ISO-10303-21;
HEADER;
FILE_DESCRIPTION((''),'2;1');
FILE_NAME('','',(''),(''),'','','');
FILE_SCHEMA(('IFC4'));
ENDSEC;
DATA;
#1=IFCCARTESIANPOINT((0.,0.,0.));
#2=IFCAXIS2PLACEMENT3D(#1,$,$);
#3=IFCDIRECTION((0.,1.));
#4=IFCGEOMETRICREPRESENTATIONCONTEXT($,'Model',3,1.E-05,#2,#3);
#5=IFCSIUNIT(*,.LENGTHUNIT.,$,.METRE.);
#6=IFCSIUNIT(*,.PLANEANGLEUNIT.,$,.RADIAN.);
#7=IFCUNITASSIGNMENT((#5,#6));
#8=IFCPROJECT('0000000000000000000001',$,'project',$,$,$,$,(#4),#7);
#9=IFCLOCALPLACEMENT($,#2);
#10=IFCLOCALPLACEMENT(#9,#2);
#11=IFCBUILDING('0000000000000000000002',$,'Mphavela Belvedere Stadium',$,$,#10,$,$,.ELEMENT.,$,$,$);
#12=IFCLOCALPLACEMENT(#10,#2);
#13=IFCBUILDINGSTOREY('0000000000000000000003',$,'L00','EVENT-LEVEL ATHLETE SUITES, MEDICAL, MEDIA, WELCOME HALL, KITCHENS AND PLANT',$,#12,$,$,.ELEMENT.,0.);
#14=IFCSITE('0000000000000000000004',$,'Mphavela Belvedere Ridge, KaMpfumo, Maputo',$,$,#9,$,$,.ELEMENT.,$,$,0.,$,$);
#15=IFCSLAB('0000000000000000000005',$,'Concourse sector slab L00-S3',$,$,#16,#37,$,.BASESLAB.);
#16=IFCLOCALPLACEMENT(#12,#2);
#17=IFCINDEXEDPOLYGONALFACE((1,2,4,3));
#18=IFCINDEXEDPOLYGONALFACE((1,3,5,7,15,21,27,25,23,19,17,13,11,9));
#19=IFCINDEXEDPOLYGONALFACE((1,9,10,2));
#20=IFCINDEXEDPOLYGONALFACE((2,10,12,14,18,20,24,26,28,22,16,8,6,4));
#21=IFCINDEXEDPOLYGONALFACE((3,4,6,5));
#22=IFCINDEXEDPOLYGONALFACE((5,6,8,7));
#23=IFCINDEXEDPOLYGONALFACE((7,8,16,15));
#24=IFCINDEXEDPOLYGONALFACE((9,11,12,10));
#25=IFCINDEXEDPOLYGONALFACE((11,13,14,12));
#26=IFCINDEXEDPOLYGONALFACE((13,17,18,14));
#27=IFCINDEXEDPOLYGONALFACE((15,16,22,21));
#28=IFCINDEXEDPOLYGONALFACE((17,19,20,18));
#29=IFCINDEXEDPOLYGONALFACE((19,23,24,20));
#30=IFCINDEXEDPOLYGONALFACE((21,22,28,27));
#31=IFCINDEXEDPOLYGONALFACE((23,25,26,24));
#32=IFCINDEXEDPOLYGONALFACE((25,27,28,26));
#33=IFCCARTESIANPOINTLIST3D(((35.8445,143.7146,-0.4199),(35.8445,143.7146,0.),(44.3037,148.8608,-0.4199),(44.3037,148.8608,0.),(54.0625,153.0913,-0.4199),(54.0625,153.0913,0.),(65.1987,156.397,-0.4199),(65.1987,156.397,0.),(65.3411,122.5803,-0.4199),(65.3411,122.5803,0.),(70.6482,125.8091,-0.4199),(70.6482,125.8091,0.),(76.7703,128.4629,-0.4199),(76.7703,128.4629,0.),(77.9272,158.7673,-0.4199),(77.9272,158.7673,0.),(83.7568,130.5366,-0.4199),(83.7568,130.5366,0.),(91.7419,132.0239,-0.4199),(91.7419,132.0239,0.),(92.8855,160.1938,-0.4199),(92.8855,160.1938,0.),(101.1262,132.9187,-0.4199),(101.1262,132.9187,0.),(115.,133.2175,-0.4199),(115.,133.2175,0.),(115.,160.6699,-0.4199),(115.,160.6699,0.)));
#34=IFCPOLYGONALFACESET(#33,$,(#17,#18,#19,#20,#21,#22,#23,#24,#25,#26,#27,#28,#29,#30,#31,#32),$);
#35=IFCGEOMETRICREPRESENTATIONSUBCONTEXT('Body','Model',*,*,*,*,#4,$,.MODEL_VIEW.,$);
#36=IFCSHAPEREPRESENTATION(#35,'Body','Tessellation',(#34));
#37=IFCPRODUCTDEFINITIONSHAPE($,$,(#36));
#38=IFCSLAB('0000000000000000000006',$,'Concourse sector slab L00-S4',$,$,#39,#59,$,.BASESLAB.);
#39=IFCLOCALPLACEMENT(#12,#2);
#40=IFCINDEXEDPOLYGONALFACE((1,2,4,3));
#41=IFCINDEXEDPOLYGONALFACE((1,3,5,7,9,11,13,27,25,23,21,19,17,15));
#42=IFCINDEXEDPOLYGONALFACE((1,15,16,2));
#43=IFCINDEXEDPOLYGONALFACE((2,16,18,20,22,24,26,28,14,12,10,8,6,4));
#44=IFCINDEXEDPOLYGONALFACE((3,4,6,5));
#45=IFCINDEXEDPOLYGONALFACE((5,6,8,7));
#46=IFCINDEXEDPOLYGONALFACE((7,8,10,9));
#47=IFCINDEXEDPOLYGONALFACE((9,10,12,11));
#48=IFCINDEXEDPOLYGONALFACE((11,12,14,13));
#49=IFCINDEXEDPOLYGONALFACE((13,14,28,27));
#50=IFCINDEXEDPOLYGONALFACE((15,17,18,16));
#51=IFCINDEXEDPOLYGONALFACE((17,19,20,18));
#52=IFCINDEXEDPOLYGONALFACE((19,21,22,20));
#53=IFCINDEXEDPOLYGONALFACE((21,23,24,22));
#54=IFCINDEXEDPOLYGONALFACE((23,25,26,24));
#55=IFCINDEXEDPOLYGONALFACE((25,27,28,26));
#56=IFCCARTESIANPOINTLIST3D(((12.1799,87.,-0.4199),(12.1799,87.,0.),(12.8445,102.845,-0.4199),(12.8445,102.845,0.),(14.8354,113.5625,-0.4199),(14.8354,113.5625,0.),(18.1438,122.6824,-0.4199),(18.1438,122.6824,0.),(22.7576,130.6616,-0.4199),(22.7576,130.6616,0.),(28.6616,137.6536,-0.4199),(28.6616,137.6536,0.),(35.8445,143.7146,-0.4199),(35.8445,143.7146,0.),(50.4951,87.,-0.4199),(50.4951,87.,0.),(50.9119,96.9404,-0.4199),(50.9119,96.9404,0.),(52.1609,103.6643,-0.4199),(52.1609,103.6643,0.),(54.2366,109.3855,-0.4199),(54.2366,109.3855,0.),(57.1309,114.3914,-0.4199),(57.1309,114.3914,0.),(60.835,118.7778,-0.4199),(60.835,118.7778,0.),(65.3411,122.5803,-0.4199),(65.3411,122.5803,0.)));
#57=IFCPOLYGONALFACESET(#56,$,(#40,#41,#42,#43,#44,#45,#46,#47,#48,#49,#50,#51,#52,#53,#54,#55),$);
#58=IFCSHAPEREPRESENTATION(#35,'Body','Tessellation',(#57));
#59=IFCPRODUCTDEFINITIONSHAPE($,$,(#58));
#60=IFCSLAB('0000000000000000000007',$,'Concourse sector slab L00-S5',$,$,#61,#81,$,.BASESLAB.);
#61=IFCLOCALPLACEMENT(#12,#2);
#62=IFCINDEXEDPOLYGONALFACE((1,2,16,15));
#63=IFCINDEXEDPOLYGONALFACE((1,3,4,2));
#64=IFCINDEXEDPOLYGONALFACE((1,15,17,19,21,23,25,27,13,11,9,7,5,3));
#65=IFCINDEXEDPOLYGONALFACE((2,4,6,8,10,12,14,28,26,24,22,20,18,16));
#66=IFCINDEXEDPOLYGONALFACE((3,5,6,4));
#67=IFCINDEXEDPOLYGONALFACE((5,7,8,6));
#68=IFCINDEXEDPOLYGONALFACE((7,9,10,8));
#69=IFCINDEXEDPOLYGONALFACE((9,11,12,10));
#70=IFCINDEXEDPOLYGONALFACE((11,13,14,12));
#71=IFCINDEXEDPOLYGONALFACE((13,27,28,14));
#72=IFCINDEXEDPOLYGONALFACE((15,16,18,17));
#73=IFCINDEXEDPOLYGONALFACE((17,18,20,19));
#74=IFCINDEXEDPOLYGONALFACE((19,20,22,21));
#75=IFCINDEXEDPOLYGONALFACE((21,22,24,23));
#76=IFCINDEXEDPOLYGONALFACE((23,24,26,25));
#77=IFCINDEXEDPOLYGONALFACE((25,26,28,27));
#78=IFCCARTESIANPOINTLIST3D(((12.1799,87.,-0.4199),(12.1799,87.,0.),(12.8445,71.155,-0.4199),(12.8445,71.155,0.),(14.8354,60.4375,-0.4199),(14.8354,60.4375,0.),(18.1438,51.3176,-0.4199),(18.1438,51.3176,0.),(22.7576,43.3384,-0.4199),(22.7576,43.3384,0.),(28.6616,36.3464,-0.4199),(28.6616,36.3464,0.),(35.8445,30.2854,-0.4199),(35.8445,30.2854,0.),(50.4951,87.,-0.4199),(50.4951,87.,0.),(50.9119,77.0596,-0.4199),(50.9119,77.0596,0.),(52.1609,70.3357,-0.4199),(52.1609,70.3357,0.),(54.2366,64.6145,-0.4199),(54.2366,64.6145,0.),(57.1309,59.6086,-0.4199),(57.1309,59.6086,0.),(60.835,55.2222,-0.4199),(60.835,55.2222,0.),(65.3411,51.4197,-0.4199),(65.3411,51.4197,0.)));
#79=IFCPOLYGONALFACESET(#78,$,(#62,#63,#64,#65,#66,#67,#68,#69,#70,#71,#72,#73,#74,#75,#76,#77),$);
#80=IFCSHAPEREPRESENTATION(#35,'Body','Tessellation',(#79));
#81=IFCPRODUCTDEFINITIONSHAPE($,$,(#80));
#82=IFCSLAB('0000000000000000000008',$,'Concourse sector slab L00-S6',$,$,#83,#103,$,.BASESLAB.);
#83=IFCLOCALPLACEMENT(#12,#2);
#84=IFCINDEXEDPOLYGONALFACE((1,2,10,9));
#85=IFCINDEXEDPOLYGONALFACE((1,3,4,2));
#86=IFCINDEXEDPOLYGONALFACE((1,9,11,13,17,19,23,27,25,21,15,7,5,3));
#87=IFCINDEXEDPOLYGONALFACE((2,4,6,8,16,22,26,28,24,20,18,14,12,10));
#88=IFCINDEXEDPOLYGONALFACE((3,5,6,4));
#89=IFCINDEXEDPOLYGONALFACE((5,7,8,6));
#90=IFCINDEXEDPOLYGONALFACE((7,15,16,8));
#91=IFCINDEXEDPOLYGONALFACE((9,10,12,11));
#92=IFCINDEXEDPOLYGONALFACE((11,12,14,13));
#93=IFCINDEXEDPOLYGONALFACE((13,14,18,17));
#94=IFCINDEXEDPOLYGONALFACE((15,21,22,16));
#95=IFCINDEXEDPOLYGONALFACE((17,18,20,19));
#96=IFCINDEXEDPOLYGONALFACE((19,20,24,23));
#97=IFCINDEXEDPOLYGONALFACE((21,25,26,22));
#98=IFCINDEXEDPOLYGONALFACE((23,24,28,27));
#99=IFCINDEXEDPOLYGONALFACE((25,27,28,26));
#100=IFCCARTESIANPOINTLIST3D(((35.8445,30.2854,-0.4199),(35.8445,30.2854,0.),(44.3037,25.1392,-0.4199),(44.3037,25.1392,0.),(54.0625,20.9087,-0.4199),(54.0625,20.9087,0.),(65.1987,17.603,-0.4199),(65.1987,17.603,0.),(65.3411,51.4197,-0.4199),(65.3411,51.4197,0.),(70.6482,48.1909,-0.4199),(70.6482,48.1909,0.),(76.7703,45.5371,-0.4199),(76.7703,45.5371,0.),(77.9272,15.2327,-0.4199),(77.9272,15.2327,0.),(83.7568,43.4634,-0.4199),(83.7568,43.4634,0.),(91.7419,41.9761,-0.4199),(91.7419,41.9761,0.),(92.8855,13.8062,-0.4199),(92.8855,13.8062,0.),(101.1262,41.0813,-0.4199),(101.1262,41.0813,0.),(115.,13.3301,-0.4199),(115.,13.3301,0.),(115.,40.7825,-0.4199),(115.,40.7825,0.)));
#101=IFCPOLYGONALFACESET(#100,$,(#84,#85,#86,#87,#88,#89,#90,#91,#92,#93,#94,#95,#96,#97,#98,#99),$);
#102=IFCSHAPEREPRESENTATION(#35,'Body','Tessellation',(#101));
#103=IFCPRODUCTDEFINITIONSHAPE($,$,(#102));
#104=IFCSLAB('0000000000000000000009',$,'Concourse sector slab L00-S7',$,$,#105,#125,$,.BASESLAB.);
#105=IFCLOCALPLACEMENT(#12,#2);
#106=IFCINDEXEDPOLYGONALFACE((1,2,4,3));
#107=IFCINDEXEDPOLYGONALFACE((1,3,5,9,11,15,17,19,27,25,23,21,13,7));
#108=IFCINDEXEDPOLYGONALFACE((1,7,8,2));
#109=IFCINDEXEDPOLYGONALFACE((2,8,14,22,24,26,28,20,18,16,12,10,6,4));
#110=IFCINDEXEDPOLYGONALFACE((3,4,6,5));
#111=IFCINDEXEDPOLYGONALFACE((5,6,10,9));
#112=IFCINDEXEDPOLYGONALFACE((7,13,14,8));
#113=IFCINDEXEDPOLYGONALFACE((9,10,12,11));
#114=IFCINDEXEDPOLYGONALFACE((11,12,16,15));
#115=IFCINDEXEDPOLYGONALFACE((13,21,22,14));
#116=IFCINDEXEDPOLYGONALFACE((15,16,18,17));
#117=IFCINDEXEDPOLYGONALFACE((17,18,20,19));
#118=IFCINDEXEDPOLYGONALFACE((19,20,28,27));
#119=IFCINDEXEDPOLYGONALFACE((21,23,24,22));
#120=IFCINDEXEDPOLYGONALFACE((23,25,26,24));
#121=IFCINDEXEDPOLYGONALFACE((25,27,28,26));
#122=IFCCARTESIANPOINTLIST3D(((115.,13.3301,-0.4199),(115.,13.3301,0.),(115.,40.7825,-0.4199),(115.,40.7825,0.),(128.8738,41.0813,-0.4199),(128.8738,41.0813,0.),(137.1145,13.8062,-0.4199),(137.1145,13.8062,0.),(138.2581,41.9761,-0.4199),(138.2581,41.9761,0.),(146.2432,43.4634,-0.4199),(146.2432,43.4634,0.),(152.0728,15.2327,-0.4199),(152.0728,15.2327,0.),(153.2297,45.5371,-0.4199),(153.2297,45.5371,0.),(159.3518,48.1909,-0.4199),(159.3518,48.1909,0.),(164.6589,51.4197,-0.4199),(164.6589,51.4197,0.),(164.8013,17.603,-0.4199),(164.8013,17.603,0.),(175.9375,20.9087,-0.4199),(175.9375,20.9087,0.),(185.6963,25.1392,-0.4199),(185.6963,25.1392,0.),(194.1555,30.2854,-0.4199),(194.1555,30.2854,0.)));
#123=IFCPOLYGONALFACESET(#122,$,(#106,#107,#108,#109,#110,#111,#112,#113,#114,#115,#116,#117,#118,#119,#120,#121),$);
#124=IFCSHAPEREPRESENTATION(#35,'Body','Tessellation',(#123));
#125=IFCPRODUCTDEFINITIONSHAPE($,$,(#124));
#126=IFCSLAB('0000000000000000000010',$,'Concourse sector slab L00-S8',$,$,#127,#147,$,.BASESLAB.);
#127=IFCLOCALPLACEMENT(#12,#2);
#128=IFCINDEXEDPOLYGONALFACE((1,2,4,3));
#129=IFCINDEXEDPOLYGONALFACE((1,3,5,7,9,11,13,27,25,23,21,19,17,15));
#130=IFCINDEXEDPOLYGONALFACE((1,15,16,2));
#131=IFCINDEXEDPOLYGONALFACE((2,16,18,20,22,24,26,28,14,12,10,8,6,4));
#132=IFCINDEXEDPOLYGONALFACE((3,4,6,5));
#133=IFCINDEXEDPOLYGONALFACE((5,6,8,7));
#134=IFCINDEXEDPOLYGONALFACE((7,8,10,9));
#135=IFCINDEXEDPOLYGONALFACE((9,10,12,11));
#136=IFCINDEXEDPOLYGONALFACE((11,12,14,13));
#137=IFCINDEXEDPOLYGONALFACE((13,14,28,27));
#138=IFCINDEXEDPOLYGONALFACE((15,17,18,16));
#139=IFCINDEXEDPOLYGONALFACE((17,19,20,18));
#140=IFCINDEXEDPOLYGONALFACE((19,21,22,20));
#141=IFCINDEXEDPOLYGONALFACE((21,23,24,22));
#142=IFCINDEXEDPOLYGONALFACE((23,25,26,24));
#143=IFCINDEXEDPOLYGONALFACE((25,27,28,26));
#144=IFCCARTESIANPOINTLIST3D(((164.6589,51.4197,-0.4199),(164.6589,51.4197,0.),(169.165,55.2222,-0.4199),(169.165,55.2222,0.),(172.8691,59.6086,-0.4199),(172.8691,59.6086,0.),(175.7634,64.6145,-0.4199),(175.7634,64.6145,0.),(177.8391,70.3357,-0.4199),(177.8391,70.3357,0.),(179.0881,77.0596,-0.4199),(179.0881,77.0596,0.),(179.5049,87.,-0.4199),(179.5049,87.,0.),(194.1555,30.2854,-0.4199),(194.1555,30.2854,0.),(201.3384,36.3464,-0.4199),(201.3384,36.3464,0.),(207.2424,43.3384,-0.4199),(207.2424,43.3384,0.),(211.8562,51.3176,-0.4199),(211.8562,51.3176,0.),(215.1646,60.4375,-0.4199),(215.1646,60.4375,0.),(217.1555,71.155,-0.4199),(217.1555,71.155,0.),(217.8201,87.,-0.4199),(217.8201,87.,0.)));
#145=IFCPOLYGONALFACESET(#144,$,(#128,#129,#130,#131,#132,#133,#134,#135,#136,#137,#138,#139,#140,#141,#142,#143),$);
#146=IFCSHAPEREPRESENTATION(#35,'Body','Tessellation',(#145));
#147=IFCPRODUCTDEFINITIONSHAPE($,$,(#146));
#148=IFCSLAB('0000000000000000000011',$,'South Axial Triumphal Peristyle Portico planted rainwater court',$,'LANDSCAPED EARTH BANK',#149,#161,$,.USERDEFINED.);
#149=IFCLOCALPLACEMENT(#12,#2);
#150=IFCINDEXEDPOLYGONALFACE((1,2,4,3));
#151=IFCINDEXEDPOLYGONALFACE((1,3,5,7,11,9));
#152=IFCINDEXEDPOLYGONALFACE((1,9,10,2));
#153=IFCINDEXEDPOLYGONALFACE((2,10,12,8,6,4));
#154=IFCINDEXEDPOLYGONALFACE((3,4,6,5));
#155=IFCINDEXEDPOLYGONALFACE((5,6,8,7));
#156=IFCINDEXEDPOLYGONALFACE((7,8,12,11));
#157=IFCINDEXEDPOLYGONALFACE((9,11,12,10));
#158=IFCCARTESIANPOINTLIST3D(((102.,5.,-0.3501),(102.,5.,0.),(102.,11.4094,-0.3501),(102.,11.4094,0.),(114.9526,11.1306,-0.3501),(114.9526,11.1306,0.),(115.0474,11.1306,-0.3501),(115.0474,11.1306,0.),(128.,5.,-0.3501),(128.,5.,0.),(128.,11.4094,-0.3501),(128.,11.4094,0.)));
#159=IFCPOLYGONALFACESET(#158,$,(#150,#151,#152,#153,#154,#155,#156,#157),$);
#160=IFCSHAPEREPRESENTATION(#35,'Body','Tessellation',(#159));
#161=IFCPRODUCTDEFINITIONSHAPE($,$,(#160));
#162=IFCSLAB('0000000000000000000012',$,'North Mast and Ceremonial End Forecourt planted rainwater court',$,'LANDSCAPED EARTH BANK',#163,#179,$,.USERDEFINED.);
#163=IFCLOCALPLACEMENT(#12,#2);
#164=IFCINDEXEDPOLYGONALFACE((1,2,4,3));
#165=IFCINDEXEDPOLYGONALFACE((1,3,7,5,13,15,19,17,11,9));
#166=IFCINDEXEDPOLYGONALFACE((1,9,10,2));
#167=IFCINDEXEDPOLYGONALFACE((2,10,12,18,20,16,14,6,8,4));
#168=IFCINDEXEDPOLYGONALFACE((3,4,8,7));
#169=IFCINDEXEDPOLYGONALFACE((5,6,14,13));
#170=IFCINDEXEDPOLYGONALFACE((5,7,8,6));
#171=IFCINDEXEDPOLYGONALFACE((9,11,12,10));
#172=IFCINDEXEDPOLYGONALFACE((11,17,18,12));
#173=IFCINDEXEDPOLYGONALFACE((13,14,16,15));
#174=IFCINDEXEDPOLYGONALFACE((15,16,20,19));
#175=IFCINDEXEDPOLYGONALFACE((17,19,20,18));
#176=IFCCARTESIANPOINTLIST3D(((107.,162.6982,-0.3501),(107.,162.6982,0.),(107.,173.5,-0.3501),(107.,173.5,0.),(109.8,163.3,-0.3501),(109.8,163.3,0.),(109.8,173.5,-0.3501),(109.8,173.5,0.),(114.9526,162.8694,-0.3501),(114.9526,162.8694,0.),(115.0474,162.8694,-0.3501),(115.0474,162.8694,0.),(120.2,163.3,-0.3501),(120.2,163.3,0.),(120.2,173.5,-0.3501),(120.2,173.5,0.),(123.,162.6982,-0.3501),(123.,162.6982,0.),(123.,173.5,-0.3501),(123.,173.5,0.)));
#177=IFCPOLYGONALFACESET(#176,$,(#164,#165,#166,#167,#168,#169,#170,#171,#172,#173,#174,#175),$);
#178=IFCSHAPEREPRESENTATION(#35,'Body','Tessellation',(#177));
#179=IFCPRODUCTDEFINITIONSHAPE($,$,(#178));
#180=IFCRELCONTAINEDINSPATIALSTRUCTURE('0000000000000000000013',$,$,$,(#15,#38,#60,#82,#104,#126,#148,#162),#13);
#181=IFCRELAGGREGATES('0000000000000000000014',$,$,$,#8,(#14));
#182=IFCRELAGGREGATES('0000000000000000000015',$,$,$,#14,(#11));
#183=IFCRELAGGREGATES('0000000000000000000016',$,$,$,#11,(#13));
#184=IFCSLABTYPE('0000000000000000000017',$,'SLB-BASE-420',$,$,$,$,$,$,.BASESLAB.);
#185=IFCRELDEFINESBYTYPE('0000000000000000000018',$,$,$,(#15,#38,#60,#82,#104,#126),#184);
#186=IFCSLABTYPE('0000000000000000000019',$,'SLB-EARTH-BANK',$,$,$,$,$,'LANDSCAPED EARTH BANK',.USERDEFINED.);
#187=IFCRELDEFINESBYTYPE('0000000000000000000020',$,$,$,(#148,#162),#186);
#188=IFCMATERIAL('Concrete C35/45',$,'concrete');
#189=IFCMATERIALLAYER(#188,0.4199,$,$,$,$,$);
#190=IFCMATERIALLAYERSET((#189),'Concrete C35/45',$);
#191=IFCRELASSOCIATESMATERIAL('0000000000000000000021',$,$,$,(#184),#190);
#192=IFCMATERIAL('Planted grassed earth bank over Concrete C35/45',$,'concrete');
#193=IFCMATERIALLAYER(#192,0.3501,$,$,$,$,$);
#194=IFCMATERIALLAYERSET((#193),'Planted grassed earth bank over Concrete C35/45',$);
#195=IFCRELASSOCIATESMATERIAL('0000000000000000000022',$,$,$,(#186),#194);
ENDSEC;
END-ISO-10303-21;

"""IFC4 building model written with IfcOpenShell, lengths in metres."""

from ifc_helpers import new_model, si_unit, direction, frame, origin, place, context, subcontext, project, spatial, polyline, outline, extrude, material, layer, layer_set, type_object, element, save


model = new_model("IFC4")

# Units and contexts
model_context = context("Model", 3, precision=1e-05, world=origin(), true_north=direction((0.0, 1.0)))
body_context = subcontext(model_context, "Body", "Model", "MODEL_VIEW")
ifc_project = project(units=[si_unit("LENGTHUNIT", "METRE"), si_unit("PLANEANGLEUNIT", "RADIAN")], contexts=[model_context])

# Site, building, storey
site_placement = place(None, origin())
site = spatial("IfcSite", under=ifc_project, at=site_placement, Name="Mphavela Belvedere Ridge, KaMpfumo, Maputo", CompositionType="ELEMENT", RefElevation=0.0)
building_placement = place(site_placement, origin())
building = spatial("IfcBuilding", under=site, at=building_placement, Name="Mphavela Belvedere Stadium", CompositionType="ELEMENT")
storey_placement = place(building_placement, origin())
storey = spatial("IfcBuildingStorey", under=building, at=storey_placement, Name="L00", Description="EVENT-LEVEL ATHLETE SUITES, MEDICAL, MEDIA, WELCOME HALL, KITCHENS AND PLANT", CompositionType="ELEMENT", Elevation=0.0)

# Slabs
ifc_material_1 = material(Name="Concrete C35/45", Category="concrete")
ifc_layer_1 = layer(ifc_material_1, 0.4199)
ifc_layer_set_1 = layer_set([ifc_layer_1], Name="Concrete C35/45")
slab_type_1 = type_object("IfcSlabType", Name="SLB-BASE-420", PredefinedType="BASESLAB", material=ifc_layer_set_1)
slab_1_placement = place(storey_placement, frame((0.0, 0.0, -0.4199)))
element("IfcSlab", 1, at=slab_1_placement, inside=storey, type_object=slab_type_1, Name="Concourse sector slab L00-S3", PredefinedType="BASESLAB", context=body_context, shape_type="SweptSolid", body=[
    extrude(outline(polyline([(70.6482, 125.8091), (65.3411, 122.5803), (35.8445, 143.7146), (44.3037, 148.8608), (54.0625, 153.0913), (65.1987, 156.397), (77.9272, 158.7673), (92.8855, 160.1938), (115.0, 160.6699), (115.0, 133.2175), (101.1262, 132.9187), (91.7419, 132.0239), (83.7568, 130.5366), (76.7703, 128.4629), (70.6482, 125.8091)])), origin(), (0.0, 0.0, 1.0), 0.4199),
])
slab_2_placement = place(storey_placement, frame((0.0, 0.0, -0.4199)))
element("IfcSlab", 2, at=slab_2_placement, inside=storey, type_object=slab_type_1, Name="Concourse sector slab L00-S4", PredefinedType="BASESLAB", context=body_context, shape_type="SweptSolid", body=[
    extrude(outline(polyline([(50.9119, 96.9404), (50.4951, 87.0), (12.1799, 87.0), (12.8445, 102.845), (14.8354, 113.5625), (18.1438, 122.6824), (22.7576, 130.6616), (28.6616, 137.6536), (35.8445, 143.7146), (65.3411, 122.5803), (60.835, 118.7778), (57.1309, 114.3914), (54.2366, 109.3855), (52.1609, 103.6643), (50.9119, 96.9404)])), origin(), (0.0, 0.0, 1.0), 0.4199),
])
slab_3_placement = place(storey_placement, frame((0.0, 0.0, -0.4199)))
element("IfcSlab", 3, at=slab_3_placement, inside=storey, type_object=slab_type_1, Name="Concourse sector slab L00-S5", PredefinedType="BASESLAB", context=body_context, shape_type="SweptSolid", body=[
    extrude(outline(polyline([(60.835, 55.2222), (65.3411, 51.4197), (35.8445, 30.2854), (28.6616, 36.3464), (22.7576, 43.3384), (18.1438, 51.3176), (14.8354, 60.4375), (12.8445, 71.155), (12.1799, 87.0), (50.4951, 87.0), (50.9119, 77.0596), (52.1609, 70.3357), (54.2366, 64.6145), (57.1309, 59.6086), (60.835, 55.2222)])), origin(), (0.0, 0.0, 1.0), 0.4199),
])
slab_4_placement = place(storey_placement, frame((0.0, 0.0, -0.4199)))
element("IfcSlab", 4, at=slab_4_placement, inside=storey, type_object=slab_type_1, Name="Concourse sector slab L00-S6", PredefinedType="BASESLAB", context=body_context, shape_type="SweptSolid", body=[
    extrude(outline(polyline([(101.1262, 41.0813), (115.0, 40.7825), (115.0, 13.3301), (92.8855, 13.8062), (77.9272, 15.2327), (65.1987, 17.603), (54.0625, 20.9087), (44.3037, 25.1392), (35.8445, 30.2854), (65.3411, 51.4197), (70.6482, 48.1909), (76.7703, 45.5371), (83.7568, 43.4634), (91.7419, 41.9761), (101.1262, 41.0813)])), origin(), (0.0, 0.0, 1.0), 0.4199),
])
slab_5_placement = place(storey_placement, frame((0.0, 0.0, -0.4199)))
element("IfcSlab", 5, at=slab_5_placement, inside=storey, type_object=slab_type_1, Name="Concourse sector slab L00-S7", PredefinedType="BASESLAB", context=body_context, shape_type="SweptSolid", body=[
    extrude(outline(polyline([(159.3518, 48.1909), (164.6589, 51.4197), (194.1555, 30.2854), (185.6963, 25.1392), (175.9375, 20.9087), (164.8013, 17.603), (152.0728, 15.2327), (137.1145, 13.8062), (115.0, 13.3301), (115.0, 40.7825), (128.8738, 41.0813), (138.2581, 41.9761), (146.2432, 43.4634), (153.2297, 45.5371), (159.3518, 48.1909)])), origin(), (0.0, 0.0, 1.0), 0.4199),
])
slab_6_placement = place(storey_placement, frame((0.0, 0.0, -0.4199)))
element("IfcSlab", 6, at=slab_6_placement, inside=storey, type_object=slab_type_1, Name="Concourse sector slab L00-S8", PredefinedType="BASESLAB", context=body_context, shape_type="SweptSolid", body=[
    extrude(outline(polyline([(179.0881, 77.0596), (179.5049, 87.0), (217.8201, 87.0), (217.1555, 71.155), (215.1646, 60.4375), (211.8562, 51.3176), (207.2424, 43.3384), (201.3384, 36.3464), (194.1555, 30.2854), (164.6589, 51.4197), (169.165, 55.2222), (172.8691, 59.6086), (175.7634, 64.6145), (177.8391, 70.3357), (179.0881, 77.0596)])), origin(), (0.0, 0.0, 1.0), 0.4199),
])
ifc_material_2 = material(Name="Planted grassed earth bank over Concrete C35/45", Category="concrete")
ifc_layer_2 = layer(ifc_material_2, 0.3501)
ifc_layer_set_2 = layer_set([ifc_layer_2], Name="Planted grassed earth bank over Concrete C35/45")
slab_type_2 = type_object("IfcSlabType", Name="SLB-EARTH-BANK", ElementType="LANDSCAPED EARTH BANK", PredefinedType="USERDEFINED", material=ifc_layer_set_2)
slab_7_placement = place(storey_placement, frame((0.0, 0.0, -0.3501)))
element("IfcSlab", 7, at=slab_7_placement, inside=storey, type_object=slab_type_2, Name="South Axial Triumphal Peristyle Portico planted rainwater court", ObjectType="LANDSCAPED EARTH BANK", PredefinedType="USERDEFINED", context=body_context, shape_type="SweptSolid", body=[
    extrude(outline(polyline([(102.0, 5.0), (102.0, 11.4094), (114.9526, 11.1306), (115.0474, 11.1306), (128.0, 11.4094), (128.0, 5.0), (102.0, 5.0)])), origin(), (0.0, 0.0, 1.0), 0.3501),
])
slab_8_placement = place(storey_placement, frame((0.0, 0.0, -0.3501)))
element("IfcSlab", 8, at=slab_8_placement, inside=storey, type_object=slab_type_2, Name="North Mast and Ceremonial End Forecourt planted rainwater court", ObjectType="LANDSCAPED EARTH BANK", PredefinedType="USERDEFINED", context=body_context, shape_type="SweptSolid", body=[
    extrude(outline(polyline([(109.8, 173.5), (109.8, 163.3), (120.2, 163.3), (120.2, 173.5), (123.0, 173.5), (123.0, 162.6982), (115.0474, 162.8694), (114.9526, 162.8694), (107.0, 162.6982), (107.0, 173.5), (109.8, 173.5)])), origin(), (0.0, 0.0, 1.0), 0.3501),
])

save(model, "model.ifc")
